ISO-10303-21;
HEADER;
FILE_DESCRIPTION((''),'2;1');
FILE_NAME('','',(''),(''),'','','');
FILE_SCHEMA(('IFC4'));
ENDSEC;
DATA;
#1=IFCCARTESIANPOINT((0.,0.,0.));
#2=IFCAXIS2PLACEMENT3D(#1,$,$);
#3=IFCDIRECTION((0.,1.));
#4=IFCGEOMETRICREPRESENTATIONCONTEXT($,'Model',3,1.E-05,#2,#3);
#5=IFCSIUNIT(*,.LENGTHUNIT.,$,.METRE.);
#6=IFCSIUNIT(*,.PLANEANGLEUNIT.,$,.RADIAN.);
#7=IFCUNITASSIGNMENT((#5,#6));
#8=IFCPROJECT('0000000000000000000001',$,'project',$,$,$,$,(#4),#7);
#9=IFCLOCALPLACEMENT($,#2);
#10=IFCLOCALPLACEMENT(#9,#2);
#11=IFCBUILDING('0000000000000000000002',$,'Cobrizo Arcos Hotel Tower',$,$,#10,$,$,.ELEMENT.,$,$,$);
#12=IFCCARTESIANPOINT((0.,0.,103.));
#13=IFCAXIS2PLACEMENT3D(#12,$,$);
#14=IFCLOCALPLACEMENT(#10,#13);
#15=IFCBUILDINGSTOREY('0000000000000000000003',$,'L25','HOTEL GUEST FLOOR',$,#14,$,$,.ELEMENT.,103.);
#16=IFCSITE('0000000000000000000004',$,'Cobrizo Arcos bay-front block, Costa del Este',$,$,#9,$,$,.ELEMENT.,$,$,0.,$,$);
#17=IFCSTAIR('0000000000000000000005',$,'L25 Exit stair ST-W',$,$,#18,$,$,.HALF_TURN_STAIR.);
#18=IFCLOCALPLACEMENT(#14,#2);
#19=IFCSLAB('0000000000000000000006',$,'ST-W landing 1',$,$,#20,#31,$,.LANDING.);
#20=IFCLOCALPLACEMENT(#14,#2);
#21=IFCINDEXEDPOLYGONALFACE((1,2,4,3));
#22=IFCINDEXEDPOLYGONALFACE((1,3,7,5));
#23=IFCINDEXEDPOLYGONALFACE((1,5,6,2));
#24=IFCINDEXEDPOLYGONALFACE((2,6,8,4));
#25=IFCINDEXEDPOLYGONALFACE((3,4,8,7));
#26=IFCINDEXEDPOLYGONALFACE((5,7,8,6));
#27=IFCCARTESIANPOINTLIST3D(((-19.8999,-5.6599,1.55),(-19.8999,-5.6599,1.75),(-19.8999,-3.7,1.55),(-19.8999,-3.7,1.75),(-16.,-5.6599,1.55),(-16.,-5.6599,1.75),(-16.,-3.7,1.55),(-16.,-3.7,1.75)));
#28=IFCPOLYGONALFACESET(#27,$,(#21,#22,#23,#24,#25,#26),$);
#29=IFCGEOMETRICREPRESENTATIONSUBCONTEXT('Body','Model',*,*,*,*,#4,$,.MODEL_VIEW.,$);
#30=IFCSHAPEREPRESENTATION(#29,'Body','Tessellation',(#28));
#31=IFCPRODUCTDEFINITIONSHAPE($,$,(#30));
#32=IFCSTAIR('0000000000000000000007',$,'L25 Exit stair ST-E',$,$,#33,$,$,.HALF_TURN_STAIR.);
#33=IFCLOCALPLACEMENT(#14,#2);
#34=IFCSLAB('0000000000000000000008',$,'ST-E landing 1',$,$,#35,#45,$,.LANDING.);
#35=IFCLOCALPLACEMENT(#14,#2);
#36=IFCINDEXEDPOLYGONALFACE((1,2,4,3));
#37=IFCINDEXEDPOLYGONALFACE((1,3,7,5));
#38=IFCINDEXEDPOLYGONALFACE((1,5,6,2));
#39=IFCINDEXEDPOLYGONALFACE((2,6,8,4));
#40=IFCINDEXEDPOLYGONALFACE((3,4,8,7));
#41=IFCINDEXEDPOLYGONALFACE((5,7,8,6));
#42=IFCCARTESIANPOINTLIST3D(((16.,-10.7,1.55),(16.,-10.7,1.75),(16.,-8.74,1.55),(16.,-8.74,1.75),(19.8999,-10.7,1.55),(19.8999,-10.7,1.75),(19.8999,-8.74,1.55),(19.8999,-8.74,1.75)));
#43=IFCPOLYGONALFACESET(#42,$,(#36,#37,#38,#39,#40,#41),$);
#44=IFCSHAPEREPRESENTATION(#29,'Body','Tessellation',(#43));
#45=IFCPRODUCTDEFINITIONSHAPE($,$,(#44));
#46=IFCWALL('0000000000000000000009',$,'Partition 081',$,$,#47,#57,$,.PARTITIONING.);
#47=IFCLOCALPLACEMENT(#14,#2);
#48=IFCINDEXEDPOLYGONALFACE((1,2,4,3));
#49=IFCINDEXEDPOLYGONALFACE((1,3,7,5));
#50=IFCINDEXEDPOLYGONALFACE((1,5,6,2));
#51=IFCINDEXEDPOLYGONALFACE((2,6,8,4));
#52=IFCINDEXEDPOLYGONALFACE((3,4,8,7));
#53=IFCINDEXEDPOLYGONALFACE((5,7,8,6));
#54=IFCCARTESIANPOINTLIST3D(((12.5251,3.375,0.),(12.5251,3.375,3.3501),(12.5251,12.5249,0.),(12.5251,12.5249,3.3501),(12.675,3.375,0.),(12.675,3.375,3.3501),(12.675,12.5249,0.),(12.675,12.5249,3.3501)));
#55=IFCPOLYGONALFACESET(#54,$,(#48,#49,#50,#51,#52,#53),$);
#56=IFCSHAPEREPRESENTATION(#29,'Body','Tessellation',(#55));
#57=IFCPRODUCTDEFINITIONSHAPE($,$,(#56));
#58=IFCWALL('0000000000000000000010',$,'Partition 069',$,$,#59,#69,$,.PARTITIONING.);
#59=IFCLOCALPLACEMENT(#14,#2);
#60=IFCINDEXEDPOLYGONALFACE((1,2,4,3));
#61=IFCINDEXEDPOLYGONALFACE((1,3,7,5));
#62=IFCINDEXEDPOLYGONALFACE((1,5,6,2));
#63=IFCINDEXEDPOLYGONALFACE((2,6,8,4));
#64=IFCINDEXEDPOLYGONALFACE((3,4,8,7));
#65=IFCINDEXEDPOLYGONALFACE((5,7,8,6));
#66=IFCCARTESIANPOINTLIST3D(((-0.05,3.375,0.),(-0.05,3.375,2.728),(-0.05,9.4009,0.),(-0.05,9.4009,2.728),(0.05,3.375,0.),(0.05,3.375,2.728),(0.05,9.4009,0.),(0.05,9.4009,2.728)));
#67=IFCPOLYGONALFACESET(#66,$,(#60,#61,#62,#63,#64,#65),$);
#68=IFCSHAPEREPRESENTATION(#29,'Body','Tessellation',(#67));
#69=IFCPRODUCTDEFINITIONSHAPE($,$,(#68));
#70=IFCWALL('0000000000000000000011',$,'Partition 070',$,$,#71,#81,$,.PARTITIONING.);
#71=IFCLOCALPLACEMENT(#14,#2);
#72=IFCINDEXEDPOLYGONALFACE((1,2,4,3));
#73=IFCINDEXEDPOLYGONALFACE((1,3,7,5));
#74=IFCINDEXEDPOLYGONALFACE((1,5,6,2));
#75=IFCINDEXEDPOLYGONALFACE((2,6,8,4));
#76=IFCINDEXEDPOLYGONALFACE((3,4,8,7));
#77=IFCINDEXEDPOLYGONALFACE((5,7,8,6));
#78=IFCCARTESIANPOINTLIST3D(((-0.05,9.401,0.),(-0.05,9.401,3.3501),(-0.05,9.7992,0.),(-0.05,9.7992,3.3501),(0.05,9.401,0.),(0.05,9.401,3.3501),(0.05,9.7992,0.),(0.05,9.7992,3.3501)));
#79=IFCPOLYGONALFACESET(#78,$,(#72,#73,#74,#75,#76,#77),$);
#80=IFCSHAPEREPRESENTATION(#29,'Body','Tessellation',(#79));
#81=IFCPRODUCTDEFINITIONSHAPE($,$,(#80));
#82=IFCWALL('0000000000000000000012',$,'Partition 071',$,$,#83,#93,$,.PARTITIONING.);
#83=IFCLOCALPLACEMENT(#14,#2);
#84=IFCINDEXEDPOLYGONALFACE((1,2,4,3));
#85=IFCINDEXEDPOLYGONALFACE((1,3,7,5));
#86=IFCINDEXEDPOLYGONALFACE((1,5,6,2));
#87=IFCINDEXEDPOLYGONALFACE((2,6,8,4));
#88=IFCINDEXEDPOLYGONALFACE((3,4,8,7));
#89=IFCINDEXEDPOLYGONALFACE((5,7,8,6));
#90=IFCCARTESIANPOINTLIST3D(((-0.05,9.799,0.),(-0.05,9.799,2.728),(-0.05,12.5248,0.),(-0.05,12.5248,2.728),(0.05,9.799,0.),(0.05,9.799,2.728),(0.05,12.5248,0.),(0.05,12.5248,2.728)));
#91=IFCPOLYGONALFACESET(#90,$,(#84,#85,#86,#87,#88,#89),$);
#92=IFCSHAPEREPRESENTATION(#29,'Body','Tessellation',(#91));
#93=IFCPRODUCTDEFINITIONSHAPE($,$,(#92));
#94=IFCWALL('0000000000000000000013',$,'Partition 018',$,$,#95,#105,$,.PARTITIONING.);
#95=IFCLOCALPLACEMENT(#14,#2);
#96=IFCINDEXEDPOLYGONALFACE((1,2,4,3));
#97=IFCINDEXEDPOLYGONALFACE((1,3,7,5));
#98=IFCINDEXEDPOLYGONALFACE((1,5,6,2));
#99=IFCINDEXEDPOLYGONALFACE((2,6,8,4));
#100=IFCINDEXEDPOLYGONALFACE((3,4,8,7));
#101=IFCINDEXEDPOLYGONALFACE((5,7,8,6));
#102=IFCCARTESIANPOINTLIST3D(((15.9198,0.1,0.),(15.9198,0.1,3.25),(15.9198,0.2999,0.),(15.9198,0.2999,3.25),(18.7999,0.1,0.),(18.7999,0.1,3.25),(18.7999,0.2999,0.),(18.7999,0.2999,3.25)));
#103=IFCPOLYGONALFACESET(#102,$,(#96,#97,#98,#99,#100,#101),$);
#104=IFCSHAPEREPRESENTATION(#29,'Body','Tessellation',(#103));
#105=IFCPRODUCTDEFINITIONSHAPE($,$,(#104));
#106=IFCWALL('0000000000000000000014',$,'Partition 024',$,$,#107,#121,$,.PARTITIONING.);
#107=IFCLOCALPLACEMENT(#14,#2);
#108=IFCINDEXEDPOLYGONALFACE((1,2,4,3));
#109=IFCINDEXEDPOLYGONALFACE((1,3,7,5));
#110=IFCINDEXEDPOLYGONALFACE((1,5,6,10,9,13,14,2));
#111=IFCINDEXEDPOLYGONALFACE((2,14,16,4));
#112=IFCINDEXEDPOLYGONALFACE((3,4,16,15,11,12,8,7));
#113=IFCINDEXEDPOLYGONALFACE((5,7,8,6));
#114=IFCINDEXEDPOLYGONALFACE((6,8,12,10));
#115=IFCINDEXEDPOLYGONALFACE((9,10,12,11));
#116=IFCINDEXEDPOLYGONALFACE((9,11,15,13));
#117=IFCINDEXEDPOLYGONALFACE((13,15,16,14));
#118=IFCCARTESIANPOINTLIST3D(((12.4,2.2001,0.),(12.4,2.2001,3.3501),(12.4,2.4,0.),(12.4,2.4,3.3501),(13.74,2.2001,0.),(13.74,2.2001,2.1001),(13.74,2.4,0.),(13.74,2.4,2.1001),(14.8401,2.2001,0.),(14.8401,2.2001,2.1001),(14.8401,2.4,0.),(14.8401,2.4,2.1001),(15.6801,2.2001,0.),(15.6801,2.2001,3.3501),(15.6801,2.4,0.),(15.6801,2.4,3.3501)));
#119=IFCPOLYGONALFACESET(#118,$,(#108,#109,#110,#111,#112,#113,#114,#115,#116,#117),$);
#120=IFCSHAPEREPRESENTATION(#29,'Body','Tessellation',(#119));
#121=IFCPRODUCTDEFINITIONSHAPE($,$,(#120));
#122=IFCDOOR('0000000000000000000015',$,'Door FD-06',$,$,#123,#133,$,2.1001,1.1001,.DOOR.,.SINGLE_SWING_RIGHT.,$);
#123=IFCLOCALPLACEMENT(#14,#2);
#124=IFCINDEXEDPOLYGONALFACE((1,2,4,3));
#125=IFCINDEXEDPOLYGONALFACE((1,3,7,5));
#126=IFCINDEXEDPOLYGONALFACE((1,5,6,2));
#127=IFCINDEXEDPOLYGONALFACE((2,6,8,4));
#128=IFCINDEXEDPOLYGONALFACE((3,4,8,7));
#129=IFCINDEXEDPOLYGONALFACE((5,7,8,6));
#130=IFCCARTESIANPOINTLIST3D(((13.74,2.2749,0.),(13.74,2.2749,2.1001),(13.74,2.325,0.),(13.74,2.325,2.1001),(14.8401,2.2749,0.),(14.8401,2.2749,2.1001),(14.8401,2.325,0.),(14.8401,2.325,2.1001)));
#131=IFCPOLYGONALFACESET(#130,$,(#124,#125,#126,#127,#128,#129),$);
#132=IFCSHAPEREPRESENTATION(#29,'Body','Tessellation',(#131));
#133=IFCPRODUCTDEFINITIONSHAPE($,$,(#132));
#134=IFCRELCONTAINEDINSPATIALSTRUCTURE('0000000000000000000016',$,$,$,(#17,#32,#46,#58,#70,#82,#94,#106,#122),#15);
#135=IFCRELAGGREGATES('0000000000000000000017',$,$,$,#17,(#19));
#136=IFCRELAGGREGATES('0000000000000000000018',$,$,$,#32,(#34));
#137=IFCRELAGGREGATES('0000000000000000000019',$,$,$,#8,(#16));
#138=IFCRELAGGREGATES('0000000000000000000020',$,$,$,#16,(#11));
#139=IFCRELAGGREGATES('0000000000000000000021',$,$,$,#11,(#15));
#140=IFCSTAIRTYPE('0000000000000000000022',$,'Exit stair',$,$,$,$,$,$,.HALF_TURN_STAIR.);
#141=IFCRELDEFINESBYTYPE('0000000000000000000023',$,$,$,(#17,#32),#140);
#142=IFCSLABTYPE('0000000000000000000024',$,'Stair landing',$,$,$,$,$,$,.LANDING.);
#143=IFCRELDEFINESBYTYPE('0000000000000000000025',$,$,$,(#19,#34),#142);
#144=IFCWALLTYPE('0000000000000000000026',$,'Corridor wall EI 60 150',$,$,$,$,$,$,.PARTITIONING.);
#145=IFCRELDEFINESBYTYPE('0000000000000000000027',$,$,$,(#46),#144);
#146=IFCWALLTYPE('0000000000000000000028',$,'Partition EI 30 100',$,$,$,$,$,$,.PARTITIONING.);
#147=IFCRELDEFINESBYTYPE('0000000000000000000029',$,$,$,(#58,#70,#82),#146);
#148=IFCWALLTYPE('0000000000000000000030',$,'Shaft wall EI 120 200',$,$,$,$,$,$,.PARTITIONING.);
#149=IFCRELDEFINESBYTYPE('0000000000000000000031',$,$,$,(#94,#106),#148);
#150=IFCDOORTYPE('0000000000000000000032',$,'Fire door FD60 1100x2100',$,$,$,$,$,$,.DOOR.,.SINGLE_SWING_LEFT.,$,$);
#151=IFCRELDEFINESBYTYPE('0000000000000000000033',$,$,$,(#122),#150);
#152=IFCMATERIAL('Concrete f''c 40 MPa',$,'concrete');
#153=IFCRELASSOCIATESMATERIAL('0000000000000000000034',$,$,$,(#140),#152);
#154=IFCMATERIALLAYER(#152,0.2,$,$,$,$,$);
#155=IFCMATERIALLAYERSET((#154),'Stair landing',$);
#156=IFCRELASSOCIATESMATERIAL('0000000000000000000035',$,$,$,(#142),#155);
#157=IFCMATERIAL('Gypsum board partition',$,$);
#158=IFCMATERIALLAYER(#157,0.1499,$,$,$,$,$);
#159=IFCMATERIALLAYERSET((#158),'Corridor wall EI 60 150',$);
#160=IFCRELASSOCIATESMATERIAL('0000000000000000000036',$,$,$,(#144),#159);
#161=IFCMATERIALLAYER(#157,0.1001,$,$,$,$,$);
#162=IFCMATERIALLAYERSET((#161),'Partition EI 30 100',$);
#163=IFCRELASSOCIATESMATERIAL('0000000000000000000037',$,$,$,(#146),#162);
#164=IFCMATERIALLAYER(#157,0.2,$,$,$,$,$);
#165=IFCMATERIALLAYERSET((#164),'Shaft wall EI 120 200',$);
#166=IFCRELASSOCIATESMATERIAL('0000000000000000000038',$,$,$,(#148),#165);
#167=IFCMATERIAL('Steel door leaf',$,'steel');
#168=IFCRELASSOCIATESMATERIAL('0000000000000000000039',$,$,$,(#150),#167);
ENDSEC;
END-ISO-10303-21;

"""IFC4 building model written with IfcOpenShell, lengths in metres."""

from ifc_helpers import new_model, si_unit, direction, frame, frame_2d, origin, place, context, subcontext, project, spatial, polyline, rectangle, outline, extrude, material, layer, layer_set, type_object, element, fill, aggregate, save


model = new_model("IFC4")

# Units and contexts
model_context = context("Model", 3, precision=1e-05, world=origin(), true_north=direction((0.0, 1.0)))
body_context = subcontext(model_context, "Body", "Model", "MODEL_VIEW")
ifc_project = project(units=[si_unit("LENGTHUNIT", "METRE"), si_unit("PLANEANGLEUNIT", "RADIAN")], contexts=[model_context])

# Site, building, storey
site_placement = place(None, origin())
site = spatial("IfcSite", under=ifc_project, at=site_placement, Name="Cobrizo Arcos bay-front block, Costa del Este", CompositionType="ELEMENT", RefElevation=0.0)
building_placement = place(site_placement, origin())
building = spatial("IfcBuilding", under=site, at=building_placement, Name="Cobrizo Arcos Hotel Tower", CompositionType="ELEMENT")
storey_placement = place(building_placement, frame((0.0, 0.0, 103.0)))
storey = spatial("IfcBuildingStorey", under=building, at=storey_placement, Name="L25", Description="HOTEL GUEST FLOOR", CompositionType="ELEMENT", Elevation=103.0)

# Stairs, slabs
ifc_material_1 = material(Name="Concrete f'c 40 MPa", Category="concrete")
stair_type = type_object("IfcStairType", Name="Exit stair", PredefinedType="HALF_TURN_STAIR", material=ifc_material_1)
stair_1_placement = place(storey_placement, origin())
stair_1 = element("IfcStair", 1, at=stair_1_placement, inside=storey, type_object=stair_type, Name="L25 Exit stair ST-W", PredefinedType="HALF_TURN_STAIR")
ifc_layer_1 = layer(ifc_material_1, 0.2)
ifc_layer_set_1 = layer_set([ifc_layer_1], Name="Stair landing")
slab_type_1 = type_object("IfcSlabType", Name="Stair landing", PredefinedType="LANDING", material=ifc_layer_set_1)
slab_1_placement = place(storey_placement, frame((0.0, 0.0, 1.55)))
slab_1 = element("IfcSlab", 2, at=slab_1_placement, type_object=slab_type_1, Name="ST-W landing 1", PredefinedType="LANDING", context=body_context, shape_type="SweptSolid", body=[
    extrude(outline(polyline([(-16.0, -5.6599), (-16.0, -3.7), (-19.8999, -3.7), (-19.8999, -5.6599), (-16.0, -5.6599)])), origin(), (0.0, 0.0, 1.0), 0.2),
])
aggregate(stair_1, [slab_1])
stair_2_placement = place(storey_placement, origin())
stair_2 = element("IfcStair", 3, at=stair_2_placement, inside=storey, type_object=stair_type, Name="L25 Exit stair ST-E", PredefinedType="HALF_TURN_STAIR")
slab_2_placement = place(storey_placement, frame((0.0, 0.0, 1.55)))
slab_2 = element("IfcSlab", 4, at=slab_2_placement, type_object=slab_type_1, Name="ST-E landing 1", PredefinedType="LANDING", context=body_context, shape_type="SweptSolid", body=[
    extrude(outline(polyline([(16.0, -8.74), (16.0, -10.7), (19.8999, -10.7), (19.8999, -8.74), (16.0, -8.74)])), origin(), (0.0, 0.0, 1.0), 0.2),
])
aggregate(stair_2, [slab_2])

# Walls
ifc_material_2 = material(Name="Gypsum board partition")
ifc_layer_2 = layer(ifc_material_2, 0.1499)
ifc_layer_set_2 = layer_set([ifc_layer_2], Name="Corridor wall EI 60 150")
wall_type_1 = type_object("IfcWallType", Name="Corridor wall EI 60 150", PredefinedType="PARTITIONING", material=ifc_layer_set_2)
wall_1_placement = place(storey_placement, frame((12.6001, 3.375, 0.0), z_axis=(0.0, 0.0, 1.0), x_axis=(0.0, 1.0, 0.0)))
element("IfcWall", 5, at=wall_1_placement, inside=storey, type_object=wall_type_1, Name="Partition 081", PredefinedType="PARTITIONING", context=body_context, shape_type="SweptSolid", body=[
    extrude(rectangle(XDim=9.1499, YDim=0.1499, at=frame_2d((4.575, 0.0))), origin(), (0.0, 0.0, 1.0), 3.3501),
])
ifc_layer_3 = layer(ifc_material_2, 0.1001)
ifc_layer_set_3 = layer_set([ifc_layer_3], Name="Partition EI 30 100")
wall_type_2 = type_object("IfcWallType", Name="Partition EI 30 100", PredefinedType="PARTITIONING", material=ifc_layer_set_3)
wall_2_placement = place(storey_placement, frame((0.0, 3.375, 0.0), z_axis=(0.0, 0.0, 1.0), x_axis=(0.0, 1.0, 0.0)))
element("IfcWall", 6, at=wall_2_placement, inside=storey, type_object=wall_type_2, Name="Partition 069", PredefinedType="PARTITIONING", context=body_context, shape_type="SweptSolid", body=[
    extrude(rectangle(XDim=6.0259, YDim=0.1001, at=frame_2d((3.0129, 0.0))), origin(), (0.0, 0.0, 1.0), 2.728),
])
wall_3_placement = place(storey_placement, frame((0.0, 9.4009, 0.0), z_axis=(0.0, 0.0, 1.0), x_axis=(0.0, 1.0, 0.0)))
element("IfcWall", 7, at=wall_3_placement, inside=storey, type_object=wall_type_2, Name="Partition 070", PredefinedType="PARTITIONING", context=body_context, shape_type="SweptSolid", body=[
    extrude(rectangle(XDim=0.3982, YDim=0.1001, at=frame_2d((0.1992, 0.0))), origin(), (0.0, 0.0, 1.0), 3.3501),
])
wall_4_placement = place(storey_placement, frame((0.0, 9.7991, 0.0), z_axis=(0.0, 0.0, 1.0), x_axis=(0.0, 1.0, 0.0)))
element("IfcWall", 8, at=wall_4_placement, inside=storey, type_object=wall_type_2, Name="Partition 071", PredefinedType="PARTITIONING", context=body_context, shape_type="SweptSolid", body=[
    extrude(rectangle(XDim=2.7258, YDim=0.1001, at=frame_2d((1.3628, 0.0))), origin(), (0.0, 0.0, 1.0), 2.728),
])
ifc_layer_4 = layer(ifc_material_2, 0.2)
ifc_layer_set_4 = layer_set([ifc_layer_4], Name="Shaft wall EI 120 200")
wall_type_3 = type_object("IfcWallType", Name="Shaft wall EI 120 200", PredefinedType="PARTITIONING", material=ifc_layer_set_4)
wall_5_placement = place(storey_placement, frame((15.9199, 0.2, 0.0), z_axis=(0.0, 0.0, 1.0), x_axis=(1.0, 0.0, 0.0)))
element("IfcWall", 9, at=wall_5_placement, inside=storey, type_object=wall_type_3, Name="Partition 018", PredefinedType="PARTITIONING", context=body_context, shape_type="SweptSolid", body=[
    extrude(rectangle(XDim=2.8801, YDim=0.2, at=frame_2d((1.4399, 0.0))), origin(), (0.0, 0.0, 1.0), 3.25),
])

# Wall, opening, door
wall_6_placement = place(storey_placement, frame((12.3999, 2.3, 0.0), z_axis=(0.0, 0.0, 1.0), x_axis=(1.0, 0.0, 0.0)))
wall_6 = element("IfcWall", 10, at=wall_6_placement, inside=storey, type_object=wall_type_3, Name="Partition 024", PredefinedType="PARTITIONING", context=body_context, shape_type="SweptSolid", body=[
    extrude(rectangle(XDim=3.28, YDim=0.2, at=frame_2d((1.6401, 0.0))), origin(), (0.0, 0.0, 1.0), 3.3501),
])
opening_placement = place(wall_6_placement, frame((1.3401, 0.0, 0.0)))
opening = element("IfcOpeningElement", 11, at=opening_placement, cuts=wall_6, PredefinedType="OPENING", context=body_context, shape_type="SweptSolid", body=[
    extrude(rectangle(XDim=1.1001, YDim=2.1001, at=frame_2d((0.55, 1.05))), frame((0.0, 0.1121, 0.0), z_axis=(0.0, -1.0, 0.0), x_axis=(1.0, 0.0, 0.0)), (0.0, 0.0, 1.0), 0.2239),
])
ifc_material_3 = material(Name="Steel door leaf", Category="steel")
door_type = type_object("IfcDoorType", Name="Fire door FD60 1100x2100", OperationType="SINGLE_SWING_LEFT", PredefinedType="DOOR", material=ifc_material_3)
door_placement = place(opening_placement, origin())
door = element("IfcDoor", 12, at=door_placement, inside=storey, type_object=door_type, Name="Door FD-06", OperationType="SINGLE_SWING_RIGHT", OverallHeight=2.1001, OverallWidth=1.1001, PredefinedType="DOOR", context=body_context, shape_type="SweptSolid", body=[
    extrude(rectangle(XDim=1.1001, YDim=2.1001, at=frame_2d((0.55, 1.05))), frame((0.0, 0.0249, 0.0), z_axis=(0.0, -1.0, 0.0), x_axis=(1.0, 0.0, 0.0)), (0.0, 0.0, 1.0), 0.05),
])
fill(opening, door)

save(model, "model.ifc")
